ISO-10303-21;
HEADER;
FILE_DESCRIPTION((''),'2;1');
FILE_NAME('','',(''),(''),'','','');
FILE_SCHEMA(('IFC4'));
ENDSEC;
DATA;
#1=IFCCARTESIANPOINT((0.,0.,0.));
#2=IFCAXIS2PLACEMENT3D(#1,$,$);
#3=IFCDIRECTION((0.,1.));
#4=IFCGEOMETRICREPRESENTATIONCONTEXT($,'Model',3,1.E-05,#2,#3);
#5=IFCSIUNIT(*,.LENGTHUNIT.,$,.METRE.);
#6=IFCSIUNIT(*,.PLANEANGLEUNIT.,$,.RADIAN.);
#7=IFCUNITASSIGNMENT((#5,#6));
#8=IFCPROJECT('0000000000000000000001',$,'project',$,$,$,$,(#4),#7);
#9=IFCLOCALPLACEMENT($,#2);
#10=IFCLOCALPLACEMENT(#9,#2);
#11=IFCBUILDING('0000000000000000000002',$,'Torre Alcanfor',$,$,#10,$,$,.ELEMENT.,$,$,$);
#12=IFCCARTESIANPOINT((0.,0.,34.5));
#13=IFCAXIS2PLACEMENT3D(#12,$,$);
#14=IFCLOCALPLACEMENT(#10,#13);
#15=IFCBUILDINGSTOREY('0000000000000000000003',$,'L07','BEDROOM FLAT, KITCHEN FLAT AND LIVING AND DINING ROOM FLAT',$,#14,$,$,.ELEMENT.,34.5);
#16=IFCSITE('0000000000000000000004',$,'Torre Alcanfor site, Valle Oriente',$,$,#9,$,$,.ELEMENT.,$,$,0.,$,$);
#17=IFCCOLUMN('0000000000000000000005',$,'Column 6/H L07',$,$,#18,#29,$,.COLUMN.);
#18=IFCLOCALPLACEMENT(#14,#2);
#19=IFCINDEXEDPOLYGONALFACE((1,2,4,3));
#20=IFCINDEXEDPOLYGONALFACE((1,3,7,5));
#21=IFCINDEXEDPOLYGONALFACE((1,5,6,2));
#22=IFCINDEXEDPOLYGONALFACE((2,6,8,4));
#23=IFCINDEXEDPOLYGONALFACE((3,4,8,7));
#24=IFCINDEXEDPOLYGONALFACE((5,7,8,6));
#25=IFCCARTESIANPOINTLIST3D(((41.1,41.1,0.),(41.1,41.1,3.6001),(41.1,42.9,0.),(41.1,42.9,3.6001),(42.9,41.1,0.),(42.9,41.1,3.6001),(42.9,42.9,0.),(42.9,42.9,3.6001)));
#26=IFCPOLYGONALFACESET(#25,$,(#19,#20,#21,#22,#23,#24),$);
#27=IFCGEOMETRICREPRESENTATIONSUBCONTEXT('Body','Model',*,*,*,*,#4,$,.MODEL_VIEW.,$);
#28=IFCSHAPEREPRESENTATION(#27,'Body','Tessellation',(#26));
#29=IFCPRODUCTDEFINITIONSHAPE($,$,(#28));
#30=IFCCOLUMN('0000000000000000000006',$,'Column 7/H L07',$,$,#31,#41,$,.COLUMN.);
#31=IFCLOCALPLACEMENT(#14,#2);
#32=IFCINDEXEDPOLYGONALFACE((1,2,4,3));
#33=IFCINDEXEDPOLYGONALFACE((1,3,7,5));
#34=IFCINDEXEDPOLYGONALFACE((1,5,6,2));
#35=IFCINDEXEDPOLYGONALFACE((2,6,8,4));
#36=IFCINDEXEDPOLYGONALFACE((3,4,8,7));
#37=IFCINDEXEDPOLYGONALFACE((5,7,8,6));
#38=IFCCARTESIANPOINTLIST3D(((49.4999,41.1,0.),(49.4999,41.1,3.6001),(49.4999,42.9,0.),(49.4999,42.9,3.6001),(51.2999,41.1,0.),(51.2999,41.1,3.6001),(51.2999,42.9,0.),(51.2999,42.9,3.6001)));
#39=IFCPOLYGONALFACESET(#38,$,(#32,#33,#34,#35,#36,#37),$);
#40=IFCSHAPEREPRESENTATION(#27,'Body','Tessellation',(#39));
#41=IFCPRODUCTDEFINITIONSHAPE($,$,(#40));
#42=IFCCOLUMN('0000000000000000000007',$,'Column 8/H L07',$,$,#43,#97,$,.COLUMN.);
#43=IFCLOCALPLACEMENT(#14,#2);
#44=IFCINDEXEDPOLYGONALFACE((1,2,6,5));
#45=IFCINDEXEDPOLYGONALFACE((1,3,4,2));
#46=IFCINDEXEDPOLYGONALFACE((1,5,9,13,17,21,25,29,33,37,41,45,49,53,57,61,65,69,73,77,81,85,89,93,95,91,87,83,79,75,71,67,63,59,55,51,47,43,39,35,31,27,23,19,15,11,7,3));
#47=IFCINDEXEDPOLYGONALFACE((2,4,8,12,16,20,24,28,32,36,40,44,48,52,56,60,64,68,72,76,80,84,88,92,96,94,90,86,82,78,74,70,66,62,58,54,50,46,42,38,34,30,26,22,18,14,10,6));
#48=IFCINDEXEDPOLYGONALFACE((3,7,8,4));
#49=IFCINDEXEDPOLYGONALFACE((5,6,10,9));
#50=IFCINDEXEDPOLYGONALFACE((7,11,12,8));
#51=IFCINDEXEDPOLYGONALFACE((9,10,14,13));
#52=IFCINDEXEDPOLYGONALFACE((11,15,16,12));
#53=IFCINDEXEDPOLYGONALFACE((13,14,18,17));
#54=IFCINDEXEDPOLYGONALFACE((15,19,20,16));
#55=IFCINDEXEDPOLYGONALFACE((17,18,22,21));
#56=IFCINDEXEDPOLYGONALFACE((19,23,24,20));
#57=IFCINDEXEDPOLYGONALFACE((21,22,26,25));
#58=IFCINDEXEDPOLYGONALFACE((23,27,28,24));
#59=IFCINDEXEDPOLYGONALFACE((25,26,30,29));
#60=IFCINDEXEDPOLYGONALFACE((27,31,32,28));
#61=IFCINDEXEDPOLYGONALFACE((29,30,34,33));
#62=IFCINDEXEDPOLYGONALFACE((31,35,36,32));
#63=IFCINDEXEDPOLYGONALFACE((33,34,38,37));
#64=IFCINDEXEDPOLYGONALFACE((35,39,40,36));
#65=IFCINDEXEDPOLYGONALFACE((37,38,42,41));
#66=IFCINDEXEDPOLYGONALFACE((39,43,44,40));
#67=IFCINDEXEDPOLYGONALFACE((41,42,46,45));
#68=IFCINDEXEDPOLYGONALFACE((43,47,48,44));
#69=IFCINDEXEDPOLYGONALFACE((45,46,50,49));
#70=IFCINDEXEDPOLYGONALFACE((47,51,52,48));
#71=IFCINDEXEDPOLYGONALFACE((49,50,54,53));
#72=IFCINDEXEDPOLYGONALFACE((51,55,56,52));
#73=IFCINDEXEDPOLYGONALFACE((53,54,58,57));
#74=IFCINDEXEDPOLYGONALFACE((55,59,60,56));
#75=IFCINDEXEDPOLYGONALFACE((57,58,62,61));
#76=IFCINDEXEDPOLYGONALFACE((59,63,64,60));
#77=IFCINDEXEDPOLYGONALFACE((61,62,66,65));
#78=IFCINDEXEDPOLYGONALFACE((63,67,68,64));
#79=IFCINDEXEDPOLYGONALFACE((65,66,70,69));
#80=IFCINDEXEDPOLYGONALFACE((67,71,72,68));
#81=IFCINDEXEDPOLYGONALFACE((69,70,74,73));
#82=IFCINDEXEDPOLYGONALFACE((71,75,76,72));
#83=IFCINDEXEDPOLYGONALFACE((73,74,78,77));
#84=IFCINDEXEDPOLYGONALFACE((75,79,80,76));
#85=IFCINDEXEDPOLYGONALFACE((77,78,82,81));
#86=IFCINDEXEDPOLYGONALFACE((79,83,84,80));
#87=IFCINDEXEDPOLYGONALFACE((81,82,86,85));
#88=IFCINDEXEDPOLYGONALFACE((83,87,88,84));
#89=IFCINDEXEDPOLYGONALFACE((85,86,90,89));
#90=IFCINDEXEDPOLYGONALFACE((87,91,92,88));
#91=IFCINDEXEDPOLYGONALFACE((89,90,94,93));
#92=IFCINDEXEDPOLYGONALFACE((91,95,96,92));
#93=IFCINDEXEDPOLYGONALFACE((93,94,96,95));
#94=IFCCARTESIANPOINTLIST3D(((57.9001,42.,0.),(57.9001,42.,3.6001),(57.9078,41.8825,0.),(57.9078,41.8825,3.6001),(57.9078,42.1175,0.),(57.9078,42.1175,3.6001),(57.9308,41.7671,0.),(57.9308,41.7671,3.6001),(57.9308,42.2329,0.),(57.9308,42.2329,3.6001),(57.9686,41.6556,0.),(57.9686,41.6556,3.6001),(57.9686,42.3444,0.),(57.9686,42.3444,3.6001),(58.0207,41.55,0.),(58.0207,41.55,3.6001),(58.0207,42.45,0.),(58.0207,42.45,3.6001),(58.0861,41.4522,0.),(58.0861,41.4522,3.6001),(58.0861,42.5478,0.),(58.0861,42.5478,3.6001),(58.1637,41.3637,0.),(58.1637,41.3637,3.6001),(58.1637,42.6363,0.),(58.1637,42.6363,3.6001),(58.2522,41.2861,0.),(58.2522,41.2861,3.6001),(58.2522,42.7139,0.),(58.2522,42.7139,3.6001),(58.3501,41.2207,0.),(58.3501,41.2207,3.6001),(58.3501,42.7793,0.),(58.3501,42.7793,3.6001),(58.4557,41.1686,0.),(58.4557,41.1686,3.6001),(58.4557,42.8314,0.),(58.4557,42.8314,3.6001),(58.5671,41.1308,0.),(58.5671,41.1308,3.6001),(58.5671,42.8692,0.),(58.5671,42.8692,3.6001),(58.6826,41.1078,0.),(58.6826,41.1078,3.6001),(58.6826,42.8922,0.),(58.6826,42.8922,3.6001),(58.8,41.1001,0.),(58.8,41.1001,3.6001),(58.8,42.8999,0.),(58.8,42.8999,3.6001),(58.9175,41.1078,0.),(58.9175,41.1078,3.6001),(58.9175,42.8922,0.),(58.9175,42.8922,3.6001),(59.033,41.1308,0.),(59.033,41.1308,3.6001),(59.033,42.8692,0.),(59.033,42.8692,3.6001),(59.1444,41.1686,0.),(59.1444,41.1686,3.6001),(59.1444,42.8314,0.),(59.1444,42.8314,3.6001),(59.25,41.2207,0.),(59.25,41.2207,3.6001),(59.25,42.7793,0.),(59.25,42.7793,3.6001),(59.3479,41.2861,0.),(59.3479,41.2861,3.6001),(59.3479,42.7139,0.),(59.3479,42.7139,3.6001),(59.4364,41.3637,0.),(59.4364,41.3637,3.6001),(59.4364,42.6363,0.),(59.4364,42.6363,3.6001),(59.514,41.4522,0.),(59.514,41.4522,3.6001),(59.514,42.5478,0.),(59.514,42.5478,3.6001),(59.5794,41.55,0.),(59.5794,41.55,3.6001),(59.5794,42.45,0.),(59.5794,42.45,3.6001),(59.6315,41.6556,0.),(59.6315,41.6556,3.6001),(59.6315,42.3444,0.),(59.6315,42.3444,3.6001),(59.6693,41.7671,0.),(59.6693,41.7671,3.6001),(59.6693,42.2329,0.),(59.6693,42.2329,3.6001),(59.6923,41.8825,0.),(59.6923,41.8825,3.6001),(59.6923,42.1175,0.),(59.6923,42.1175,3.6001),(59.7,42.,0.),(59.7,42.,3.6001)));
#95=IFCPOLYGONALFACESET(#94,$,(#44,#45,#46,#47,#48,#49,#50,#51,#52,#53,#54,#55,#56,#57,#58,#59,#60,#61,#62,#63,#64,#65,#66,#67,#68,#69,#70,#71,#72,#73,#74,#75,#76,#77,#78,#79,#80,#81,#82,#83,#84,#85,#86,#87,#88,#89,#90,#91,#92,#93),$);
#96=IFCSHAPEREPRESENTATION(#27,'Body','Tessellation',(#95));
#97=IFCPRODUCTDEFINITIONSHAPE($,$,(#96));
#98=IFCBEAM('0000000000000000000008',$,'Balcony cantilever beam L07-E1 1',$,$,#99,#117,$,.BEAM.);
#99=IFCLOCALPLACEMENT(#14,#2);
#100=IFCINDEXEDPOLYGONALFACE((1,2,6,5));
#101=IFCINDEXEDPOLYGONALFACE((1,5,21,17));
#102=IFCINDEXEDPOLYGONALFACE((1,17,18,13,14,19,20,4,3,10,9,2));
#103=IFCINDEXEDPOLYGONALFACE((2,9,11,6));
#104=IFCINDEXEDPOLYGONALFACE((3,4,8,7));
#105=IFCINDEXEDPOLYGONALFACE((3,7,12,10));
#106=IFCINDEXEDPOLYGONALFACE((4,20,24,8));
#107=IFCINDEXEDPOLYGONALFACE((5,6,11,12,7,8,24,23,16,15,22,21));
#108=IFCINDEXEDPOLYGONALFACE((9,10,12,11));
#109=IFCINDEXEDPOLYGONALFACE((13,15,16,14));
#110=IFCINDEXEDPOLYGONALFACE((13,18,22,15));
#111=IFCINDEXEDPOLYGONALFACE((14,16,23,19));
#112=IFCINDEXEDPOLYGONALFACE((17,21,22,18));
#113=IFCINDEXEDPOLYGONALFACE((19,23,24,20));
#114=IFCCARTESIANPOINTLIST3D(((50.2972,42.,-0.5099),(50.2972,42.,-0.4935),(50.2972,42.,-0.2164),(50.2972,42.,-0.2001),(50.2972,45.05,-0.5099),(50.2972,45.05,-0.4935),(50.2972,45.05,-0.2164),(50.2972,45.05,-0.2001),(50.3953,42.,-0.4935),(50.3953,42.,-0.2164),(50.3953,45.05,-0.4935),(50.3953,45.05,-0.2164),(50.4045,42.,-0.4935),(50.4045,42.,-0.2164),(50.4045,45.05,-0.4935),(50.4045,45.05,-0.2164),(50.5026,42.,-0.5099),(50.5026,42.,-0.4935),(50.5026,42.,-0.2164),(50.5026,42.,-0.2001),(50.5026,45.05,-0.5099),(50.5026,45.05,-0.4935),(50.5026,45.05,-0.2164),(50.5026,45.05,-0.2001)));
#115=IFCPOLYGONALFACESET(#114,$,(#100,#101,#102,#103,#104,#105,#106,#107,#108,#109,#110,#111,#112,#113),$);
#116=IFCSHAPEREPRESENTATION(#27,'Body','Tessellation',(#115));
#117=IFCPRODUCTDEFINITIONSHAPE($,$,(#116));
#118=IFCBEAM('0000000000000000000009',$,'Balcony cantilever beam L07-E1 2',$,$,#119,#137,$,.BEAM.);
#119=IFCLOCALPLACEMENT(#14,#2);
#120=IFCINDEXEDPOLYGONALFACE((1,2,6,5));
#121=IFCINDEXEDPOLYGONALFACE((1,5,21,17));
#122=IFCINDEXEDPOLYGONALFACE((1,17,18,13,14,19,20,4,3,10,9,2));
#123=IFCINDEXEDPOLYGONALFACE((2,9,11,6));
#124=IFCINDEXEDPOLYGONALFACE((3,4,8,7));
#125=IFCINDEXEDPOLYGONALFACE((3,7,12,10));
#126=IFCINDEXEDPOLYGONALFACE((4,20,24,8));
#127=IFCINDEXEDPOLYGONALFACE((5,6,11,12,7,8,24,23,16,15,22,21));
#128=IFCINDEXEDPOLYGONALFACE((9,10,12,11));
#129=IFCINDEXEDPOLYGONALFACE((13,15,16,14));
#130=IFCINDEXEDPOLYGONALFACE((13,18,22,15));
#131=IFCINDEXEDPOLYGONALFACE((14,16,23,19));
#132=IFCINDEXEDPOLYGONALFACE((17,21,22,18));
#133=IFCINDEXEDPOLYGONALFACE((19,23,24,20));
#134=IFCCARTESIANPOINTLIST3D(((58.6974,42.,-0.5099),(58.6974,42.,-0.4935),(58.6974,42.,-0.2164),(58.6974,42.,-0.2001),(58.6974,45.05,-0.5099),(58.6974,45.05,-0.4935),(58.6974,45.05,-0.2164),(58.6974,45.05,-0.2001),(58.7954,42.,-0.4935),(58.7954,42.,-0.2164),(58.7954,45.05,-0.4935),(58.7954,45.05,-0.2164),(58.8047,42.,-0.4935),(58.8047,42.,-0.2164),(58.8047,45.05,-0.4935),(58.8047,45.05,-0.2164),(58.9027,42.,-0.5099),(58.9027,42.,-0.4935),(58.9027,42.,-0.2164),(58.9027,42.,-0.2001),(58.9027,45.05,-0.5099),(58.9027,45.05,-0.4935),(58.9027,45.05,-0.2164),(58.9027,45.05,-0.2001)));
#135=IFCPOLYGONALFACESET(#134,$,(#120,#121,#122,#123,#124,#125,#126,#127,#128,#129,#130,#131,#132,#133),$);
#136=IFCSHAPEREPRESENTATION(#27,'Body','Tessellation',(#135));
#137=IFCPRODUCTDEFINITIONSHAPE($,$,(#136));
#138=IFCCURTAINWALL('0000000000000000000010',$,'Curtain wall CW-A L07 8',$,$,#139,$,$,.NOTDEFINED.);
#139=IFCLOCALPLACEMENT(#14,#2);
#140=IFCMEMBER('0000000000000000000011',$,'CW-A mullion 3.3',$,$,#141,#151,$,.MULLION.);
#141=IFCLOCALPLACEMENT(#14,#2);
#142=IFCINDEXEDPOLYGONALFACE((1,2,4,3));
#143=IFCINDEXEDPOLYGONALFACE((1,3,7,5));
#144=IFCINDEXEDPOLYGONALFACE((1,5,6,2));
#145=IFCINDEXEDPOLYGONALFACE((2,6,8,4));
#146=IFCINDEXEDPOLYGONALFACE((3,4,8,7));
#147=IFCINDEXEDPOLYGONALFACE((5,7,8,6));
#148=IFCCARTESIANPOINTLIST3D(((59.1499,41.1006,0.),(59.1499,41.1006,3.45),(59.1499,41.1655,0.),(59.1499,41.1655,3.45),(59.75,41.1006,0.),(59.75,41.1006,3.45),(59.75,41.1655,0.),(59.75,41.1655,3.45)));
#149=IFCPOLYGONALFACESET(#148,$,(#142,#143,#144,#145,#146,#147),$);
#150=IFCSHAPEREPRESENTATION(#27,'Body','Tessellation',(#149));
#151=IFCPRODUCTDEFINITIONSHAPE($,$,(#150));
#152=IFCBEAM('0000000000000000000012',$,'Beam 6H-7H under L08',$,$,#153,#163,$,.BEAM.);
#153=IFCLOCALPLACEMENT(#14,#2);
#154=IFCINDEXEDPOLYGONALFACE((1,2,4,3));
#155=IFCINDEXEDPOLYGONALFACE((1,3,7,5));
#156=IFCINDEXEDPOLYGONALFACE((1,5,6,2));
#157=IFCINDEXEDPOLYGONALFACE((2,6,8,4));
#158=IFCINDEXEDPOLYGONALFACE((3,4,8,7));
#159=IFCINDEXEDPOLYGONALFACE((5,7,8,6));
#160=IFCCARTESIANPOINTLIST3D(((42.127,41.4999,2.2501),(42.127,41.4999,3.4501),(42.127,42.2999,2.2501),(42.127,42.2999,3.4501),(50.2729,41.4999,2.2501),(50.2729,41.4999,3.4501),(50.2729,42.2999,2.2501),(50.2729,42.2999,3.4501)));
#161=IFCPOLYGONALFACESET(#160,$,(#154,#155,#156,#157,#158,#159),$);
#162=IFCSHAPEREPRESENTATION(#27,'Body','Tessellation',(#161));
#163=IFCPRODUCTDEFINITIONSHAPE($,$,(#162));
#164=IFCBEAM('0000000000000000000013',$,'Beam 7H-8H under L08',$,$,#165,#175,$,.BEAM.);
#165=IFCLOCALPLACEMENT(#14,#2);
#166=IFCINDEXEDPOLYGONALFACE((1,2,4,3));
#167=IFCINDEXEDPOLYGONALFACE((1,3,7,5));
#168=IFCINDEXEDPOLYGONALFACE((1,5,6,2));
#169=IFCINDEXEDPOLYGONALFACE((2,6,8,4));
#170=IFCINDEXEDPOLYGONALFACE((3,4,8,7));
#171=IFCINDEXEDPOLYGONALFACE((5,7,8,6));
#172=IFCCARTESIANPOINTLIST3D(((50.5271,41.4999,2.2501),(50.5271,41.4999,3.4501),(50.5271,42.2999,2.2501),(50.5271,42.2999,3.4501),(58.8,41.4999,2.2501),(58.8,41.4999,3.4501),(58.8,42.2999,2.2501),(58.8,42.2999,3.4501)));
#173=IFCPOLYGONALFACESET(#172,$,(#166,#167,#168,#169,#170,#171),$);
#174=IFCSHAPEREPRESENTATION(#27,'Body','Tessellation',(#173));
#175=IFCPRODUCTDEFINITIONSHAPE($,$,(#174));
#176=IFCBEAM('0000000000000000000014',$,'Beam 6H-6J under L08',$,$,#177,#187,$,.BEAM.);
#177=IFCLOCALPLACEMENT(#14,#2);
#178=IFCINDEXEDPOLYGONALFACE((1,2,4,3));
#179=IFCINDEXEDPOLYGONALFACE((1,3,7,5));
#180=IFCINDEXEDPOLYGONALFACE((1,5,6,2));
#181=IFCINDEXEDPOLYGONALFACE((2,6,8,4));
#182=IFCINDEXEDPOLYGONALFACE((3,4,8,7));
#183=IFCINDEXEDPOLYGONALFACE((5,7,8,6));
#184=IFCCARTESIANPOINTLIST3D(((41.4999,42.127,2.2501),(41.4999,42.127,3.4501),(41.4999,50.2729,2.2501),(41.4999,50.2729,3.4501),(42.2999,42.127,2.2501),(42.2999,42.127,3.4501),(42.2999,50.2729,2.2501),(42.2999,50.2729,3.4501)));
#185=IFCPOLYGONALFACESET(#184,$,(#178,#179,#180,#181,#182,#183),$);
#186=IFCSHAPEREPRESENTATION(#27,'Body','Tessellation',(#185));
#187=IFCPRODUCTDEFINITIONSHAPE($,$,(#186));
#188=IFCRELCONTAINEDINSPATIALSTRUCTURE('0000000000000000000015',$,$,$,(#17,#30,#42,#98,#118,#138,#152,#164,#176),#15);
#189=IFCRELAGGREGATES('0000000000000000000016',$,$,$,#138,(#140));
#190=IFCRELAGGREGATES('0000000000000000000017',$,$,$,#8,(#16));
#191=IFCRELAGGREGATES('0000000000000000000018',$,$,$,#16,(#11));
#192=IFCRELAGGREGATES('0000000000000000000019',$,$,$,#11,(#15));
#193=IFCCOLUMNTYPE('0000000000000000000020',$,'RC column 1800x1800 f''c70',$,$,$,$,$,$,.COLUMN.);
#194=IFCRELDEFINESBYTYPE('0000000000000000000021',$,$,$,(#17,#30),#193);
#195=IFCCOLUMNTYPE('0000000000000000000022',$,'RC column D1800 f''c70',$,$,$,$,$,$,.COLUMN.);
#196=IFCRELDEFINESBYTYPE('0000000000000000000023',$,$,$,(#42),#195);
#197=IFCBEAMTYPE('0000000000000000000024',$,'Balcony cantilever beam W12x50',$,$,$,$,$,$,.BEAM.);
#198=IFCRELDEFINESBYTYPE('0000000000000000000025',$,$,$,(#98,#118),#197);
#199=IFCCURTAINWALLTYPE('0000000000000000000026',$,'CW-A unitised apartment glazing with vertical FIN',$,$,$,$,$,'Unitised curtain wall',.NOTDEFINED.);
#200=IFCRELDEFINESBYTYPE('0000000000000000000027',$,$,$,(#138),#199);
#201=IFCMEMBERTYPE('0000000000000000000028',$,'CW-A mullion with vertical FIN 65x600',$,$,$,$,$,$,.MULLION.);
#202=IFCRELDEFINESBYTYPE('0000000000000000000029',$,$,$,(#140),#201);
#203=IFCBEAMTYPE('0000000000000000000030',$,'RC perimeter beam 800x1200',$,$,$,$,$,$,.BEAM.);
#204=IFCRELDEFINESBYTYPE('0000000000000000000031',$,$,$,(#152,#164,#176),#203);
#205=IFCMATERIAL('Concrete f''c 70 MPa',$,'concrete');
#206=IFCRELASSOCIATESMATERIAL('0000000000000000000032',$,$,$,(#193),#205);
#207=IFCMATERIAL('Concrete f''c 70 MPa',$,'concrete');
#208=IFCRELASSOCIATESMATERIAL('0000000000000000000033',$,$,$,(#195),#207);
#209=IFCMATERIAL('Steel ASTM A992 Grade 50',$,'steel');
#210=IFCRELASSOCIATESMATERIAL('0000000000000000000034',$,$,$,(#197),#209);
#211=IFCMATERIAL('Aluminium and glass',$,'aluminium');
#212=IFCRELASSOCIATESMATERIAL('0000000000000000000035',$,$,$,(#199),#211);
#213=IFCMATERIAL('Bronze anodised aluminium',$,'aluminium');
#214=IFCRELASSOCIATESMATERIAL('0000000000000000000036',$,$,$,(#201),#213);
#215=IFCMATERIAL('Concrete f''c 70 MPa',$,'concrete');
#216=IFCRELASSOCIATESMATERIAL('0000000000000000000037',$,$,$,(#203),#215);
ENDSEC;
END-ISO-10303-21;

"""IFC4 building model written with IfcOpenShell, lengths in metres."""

from ifc_helpers import new_model, si_unit, direction, frame, origin, origin_2d, place, context, subcontext, project, spatial, rectangle, circle, i_section, extrude, material, material_profile, profile_set, type_object, element, aggregate, save


model = new_model("IFC4")

# Units and contexts
model_context = context("Model", 3, precision=1e-05, world=origin(), true_north=direction((0.0, 1.0)))
body_context = subcontext(model_context, "Body", "Model", "MODEL_VIEW")
ifc_project = project(units=[si_unit("LENGTHUNIT", "METRE"), si_unit("PLANEANGLEUNIT", "RADIAN")], contexts=[model_context])

# Site, building, storey
site_placement = place(None, origin())
site = spatial("IfcSite", under=ifc_project, at=site_placement, Name="Torre Alcanfor site, Valle Oriente", CompositionType="ELEMENT", RefElevation=0.0)
building_placement = place(site_placement, origin())
building = spatial("IfcBuilding", under=site, at=building_placement, Name="Torre Alcanfor", CompositionType="ELEMENT")
storey_placement = place(building_placement, frame((0.0, 0.0, 34.5)))
storey = spatial("IfcBuildingStorey", under=building, at=storey_placement, Name="L07", Description="BEDROOM FLAT, KITCHEN FLAT AND LIVING AND DINING ROOM FLAT", CompositionType="ELEMENT", Elevation=34.5)

# Columns
ifc_material_1 = material(Name="Concrete f'c 70 MPa", Category="concrete")
ifc_material_profile_1 = material_profile(ifc_material_1, rectangle(XDim=1.8, YDim=1.8, at=origin_2d()), Name="1800x1800")
ifc_profile_set_1 = profile_set([ifc_material_profile_1], Name="Concrete f'c 70 MPa")
column_type_1 = type_object("IfcColumnType", Name="RC column 1800x1800 f'c70", PredefinedType="COLUMN", material=ifc_profile_set_1)
for number, where, z_axis, x_axis, name in (
    (1, (42.0, 42.0, 0.0), (0.0, 0.0, 1.0), (1.0, 0.0, 0.0), "Column 6/H L07"),
    (2, (50.3999, 42.0, 0.0), (0.0, 0.0, 1.0), (1.0, 0.0, 0.0), "Column 7/H L07"),
):
    element("IfcColumn", number, at=place(storey_placement, frame(where, z_axis=z_axis, x_axis=x_axis)), inside=storey, type_object=column_type_1, Name=name, PredefinedType="COLUMN", context=body_context, shape_type="SweptSolid", body=[
        extrude(rectangle(XDim=1.8, YDim=1.8, at=origin_2d()), origin(), (0.0, 0.0, 1.0), 3.6001),
    ])
ifc_material_2 = material(Name="Concrete f'c 70 MPa", Category="concrete")
ifc_material_profile_2 = material_profile(ifc_material_2, circle(Radius=0.8999, at=origin_2d()), Name="D1800")
ifc_profile_set_2 = profile_set([ifc_material_profile_2], Name="Concrete f'c 70 MPa")
column_type_2 = type_object("IfcColumnType", Name="RC column D1800 f'c70", PredefinedType="COLUMN", material=ifc_profile_set_2)
column_placement = place(storey_placement, frame((58.8, 42.0, 0.0), z_axis=(0.0, 0.0, 1.0), x_axis=(1.0, 0.0, 0.0)))
element("IfcColumn", 3, at=column_placement, inside=storey, type_object=column_type_2, Name="Column 8/H L07", PredefinedType="COLUMN", context=body_context, shape_type="SweptSolid", body=[
    extrude(circle(Radius=0.8999, at=origin_2d()), origin(), (0.0, 0.0, 1.0), 3.6001),
])

# Beams
ifc_material_3 = material(Name="Steel ASTM A992 Grade 50", Category="steel")
ifc_material_profile_3 = material_profile(ifc_material_3, i_section(OverallWidth=0.2053, OverallDepth=0.3098, WebThickness=0.0093, FlangeThickness=0.0164, at=origin_2d()), Name="W12x50")
ifc_profile_set_3 = profile_set([ifc_material_profile_3], Name="Steel ASTM A992 Grade 50")
beam_type_1 = type_object("IfcBeamType", Name="Balcony cantilever beam W12x50", PredefinedType="BEAM", material=ifc_profile_set_3)
for number, where, z_axis, x_axis, name in (
    (4, (50.3999, 42.0, -0.355), (0.0, 1.0, 0.0), (-1.0, 0.0, 0.0), "Balcony cantilever beam L07-E1 1"),
    (5, (58.8, 42.0, -0.355), (0.0, 1.0, 0.0), (-1.0, 0.0, 0.0), "Balcony cantilever beam L07-E1 2"),
):
    element("IfcBeam", number, at=place(storey_placement, frame(where, z_axis=z_axis, x_axis=x_axis)), inside=storey, type_object=beam_type_1, Name=name, PredefinedType="BEAM", context=body_context, shape_type="SweptSolid", body=[
        extrude(i_section(OverallWidth=0.2053, OverallDepth=0.3098, WebThickness=0.0093, FlangeThickness=0.0164, at=origin_2d()), origin(), (0.0, 0.0, 1.0), 3.05),
    ])

# Curtain wall, member
ifc_material_4 = material(Name="Aluminium and glass", Category="aluminium")
curtain_wall_type = type_object("IfcCurtainWallType", Name="CW-A unitised apartment glazing with vertical FIN", ElementType="Unitised curtain wall", PredefinedType="NOTDEFINED", material=ifc_material_4)
curtain_wall_placement = place(storey_placement, origin())
curtain_wall = element("IfcCurtainWall", 6, at=curtain_wall_placement, inside=storey, type_object=curtain_wall_type, Name="Curtain wall CW-A L07 8", PredefinedType="NOTDEFINED")
ifc_material_5 = material(Name="Bronze anodised aluminium", Category="aluminium")
ifc_material_profile_4 = material_profile(ifc_material_5, rectangle(XDim=0.6001, YDim=0.0649, at=origin_2d()), Name="CW-A mullion 65x600")
ifc_profile_set_4 = profile_set([ifc_material_profile_4], Name="Bronze anodised aluminium")
member_type = type_object("IfcMemberType", Name="CW-A mullion with vertical FIN 65x600", PredefinedType="MULLION", material=ifc_profile_set_4)
member_placement = place(storey_placement, frame((59.45, 41.1331, 0.0), z_axis=(0.0, 0.0, 1.0), x_axis=(-1.0, 0.0, 0.0)))
member = element("IfcMember", 7, at=member_placement, type_object=member_type, Name="CW-A mullion 3.3", PredefinedType="MULLION", context=body_context, shape_type="SweptSolid", body=[
    extrude(rectangle(XDim=0.6001, YDim=0.0649, at=origin_2d()), origin(), (0.0, 0.0, 1.0), 3.45),
])

# Beams
ifc_material_6 = material(Name="Concrete f'c 70 MPa", Category="concrete")
ifc_material_profile_5 = material_profile(ifc_material_6, rectangle(XDim=0.8, YDim=1.2, at=origin_2d()), Name="800x1200")
ifc_profile_set_5 = profile_set([ifc_material_profile_5], Name="Concrete f'c 70 MPa")
beam_type_2 = type_object("IfcBeamType", Name="RC perimeter beam 800x1200", PredefinedType="BEAM", material=ifc_profile_set_5)
beam_1_placement = place(storey_placement, frame((42.127, 41.8999, 2.8501), z_axis=(1.0, 0.0, 0.0), x_axis=(0.0, 1.0, 0.0)))
element("IfcBeam", 8, at=beam_1_placement, inside=storey, type_object=beam_type_2, Name="Beam 6H-7H under L08", PredefinedType="BEAM", context=body_context, shape_type="SweptSolid", body=[
    extrude(rectangle(XDim=0.8, YDim=1.2, at=origin_2d()), origin(), (0.0, 0.0, 1.0), 8.146),
])
beam_2_placement = place(storey_placement, frame((50.5271, 41.8999, 2.8501), z_axis=(1.0, 0.0, 0.0), x_axis=(0.0, 1.0, 0.0)))
element("IfcBeam", 9, at=beam_2_placement, inside=storey, type_object=beam_type_2, Name="Beam 7H-8H under L08", PredefinedType="BEAM", context=body_context, shape_type="SweptSolid", body=[
    extrude(rectangle(XDim=0.8, YDim=1.2, at=origin_2d()), origin(), (0.0, 0.0, 1.0), 8.2729),
])
beam_3_placement = place(storey_placement, frame((41.8999, 42.127, 2.8501), z_axis=(0.0, 1.0, 0.0), x_axis=(-1.0, 0.0, 0.0)))
element("IfcBeam", 10, at=beam_3_placement, inside=storey, type_object=beam_type_2, Name="Beam 6H-6J under L08", PredefinedType="BEAM", context=body_context, shape_type="SweptSolid", body=[
    extrude(rectangle(XDim=0.8, YDim=1.2, at=origin_2d()), origin(), (0.0, 0.0, 1.0), 8.146),
])

aggregate(curtain_wall, [member])

save(model, "model.ifc")
